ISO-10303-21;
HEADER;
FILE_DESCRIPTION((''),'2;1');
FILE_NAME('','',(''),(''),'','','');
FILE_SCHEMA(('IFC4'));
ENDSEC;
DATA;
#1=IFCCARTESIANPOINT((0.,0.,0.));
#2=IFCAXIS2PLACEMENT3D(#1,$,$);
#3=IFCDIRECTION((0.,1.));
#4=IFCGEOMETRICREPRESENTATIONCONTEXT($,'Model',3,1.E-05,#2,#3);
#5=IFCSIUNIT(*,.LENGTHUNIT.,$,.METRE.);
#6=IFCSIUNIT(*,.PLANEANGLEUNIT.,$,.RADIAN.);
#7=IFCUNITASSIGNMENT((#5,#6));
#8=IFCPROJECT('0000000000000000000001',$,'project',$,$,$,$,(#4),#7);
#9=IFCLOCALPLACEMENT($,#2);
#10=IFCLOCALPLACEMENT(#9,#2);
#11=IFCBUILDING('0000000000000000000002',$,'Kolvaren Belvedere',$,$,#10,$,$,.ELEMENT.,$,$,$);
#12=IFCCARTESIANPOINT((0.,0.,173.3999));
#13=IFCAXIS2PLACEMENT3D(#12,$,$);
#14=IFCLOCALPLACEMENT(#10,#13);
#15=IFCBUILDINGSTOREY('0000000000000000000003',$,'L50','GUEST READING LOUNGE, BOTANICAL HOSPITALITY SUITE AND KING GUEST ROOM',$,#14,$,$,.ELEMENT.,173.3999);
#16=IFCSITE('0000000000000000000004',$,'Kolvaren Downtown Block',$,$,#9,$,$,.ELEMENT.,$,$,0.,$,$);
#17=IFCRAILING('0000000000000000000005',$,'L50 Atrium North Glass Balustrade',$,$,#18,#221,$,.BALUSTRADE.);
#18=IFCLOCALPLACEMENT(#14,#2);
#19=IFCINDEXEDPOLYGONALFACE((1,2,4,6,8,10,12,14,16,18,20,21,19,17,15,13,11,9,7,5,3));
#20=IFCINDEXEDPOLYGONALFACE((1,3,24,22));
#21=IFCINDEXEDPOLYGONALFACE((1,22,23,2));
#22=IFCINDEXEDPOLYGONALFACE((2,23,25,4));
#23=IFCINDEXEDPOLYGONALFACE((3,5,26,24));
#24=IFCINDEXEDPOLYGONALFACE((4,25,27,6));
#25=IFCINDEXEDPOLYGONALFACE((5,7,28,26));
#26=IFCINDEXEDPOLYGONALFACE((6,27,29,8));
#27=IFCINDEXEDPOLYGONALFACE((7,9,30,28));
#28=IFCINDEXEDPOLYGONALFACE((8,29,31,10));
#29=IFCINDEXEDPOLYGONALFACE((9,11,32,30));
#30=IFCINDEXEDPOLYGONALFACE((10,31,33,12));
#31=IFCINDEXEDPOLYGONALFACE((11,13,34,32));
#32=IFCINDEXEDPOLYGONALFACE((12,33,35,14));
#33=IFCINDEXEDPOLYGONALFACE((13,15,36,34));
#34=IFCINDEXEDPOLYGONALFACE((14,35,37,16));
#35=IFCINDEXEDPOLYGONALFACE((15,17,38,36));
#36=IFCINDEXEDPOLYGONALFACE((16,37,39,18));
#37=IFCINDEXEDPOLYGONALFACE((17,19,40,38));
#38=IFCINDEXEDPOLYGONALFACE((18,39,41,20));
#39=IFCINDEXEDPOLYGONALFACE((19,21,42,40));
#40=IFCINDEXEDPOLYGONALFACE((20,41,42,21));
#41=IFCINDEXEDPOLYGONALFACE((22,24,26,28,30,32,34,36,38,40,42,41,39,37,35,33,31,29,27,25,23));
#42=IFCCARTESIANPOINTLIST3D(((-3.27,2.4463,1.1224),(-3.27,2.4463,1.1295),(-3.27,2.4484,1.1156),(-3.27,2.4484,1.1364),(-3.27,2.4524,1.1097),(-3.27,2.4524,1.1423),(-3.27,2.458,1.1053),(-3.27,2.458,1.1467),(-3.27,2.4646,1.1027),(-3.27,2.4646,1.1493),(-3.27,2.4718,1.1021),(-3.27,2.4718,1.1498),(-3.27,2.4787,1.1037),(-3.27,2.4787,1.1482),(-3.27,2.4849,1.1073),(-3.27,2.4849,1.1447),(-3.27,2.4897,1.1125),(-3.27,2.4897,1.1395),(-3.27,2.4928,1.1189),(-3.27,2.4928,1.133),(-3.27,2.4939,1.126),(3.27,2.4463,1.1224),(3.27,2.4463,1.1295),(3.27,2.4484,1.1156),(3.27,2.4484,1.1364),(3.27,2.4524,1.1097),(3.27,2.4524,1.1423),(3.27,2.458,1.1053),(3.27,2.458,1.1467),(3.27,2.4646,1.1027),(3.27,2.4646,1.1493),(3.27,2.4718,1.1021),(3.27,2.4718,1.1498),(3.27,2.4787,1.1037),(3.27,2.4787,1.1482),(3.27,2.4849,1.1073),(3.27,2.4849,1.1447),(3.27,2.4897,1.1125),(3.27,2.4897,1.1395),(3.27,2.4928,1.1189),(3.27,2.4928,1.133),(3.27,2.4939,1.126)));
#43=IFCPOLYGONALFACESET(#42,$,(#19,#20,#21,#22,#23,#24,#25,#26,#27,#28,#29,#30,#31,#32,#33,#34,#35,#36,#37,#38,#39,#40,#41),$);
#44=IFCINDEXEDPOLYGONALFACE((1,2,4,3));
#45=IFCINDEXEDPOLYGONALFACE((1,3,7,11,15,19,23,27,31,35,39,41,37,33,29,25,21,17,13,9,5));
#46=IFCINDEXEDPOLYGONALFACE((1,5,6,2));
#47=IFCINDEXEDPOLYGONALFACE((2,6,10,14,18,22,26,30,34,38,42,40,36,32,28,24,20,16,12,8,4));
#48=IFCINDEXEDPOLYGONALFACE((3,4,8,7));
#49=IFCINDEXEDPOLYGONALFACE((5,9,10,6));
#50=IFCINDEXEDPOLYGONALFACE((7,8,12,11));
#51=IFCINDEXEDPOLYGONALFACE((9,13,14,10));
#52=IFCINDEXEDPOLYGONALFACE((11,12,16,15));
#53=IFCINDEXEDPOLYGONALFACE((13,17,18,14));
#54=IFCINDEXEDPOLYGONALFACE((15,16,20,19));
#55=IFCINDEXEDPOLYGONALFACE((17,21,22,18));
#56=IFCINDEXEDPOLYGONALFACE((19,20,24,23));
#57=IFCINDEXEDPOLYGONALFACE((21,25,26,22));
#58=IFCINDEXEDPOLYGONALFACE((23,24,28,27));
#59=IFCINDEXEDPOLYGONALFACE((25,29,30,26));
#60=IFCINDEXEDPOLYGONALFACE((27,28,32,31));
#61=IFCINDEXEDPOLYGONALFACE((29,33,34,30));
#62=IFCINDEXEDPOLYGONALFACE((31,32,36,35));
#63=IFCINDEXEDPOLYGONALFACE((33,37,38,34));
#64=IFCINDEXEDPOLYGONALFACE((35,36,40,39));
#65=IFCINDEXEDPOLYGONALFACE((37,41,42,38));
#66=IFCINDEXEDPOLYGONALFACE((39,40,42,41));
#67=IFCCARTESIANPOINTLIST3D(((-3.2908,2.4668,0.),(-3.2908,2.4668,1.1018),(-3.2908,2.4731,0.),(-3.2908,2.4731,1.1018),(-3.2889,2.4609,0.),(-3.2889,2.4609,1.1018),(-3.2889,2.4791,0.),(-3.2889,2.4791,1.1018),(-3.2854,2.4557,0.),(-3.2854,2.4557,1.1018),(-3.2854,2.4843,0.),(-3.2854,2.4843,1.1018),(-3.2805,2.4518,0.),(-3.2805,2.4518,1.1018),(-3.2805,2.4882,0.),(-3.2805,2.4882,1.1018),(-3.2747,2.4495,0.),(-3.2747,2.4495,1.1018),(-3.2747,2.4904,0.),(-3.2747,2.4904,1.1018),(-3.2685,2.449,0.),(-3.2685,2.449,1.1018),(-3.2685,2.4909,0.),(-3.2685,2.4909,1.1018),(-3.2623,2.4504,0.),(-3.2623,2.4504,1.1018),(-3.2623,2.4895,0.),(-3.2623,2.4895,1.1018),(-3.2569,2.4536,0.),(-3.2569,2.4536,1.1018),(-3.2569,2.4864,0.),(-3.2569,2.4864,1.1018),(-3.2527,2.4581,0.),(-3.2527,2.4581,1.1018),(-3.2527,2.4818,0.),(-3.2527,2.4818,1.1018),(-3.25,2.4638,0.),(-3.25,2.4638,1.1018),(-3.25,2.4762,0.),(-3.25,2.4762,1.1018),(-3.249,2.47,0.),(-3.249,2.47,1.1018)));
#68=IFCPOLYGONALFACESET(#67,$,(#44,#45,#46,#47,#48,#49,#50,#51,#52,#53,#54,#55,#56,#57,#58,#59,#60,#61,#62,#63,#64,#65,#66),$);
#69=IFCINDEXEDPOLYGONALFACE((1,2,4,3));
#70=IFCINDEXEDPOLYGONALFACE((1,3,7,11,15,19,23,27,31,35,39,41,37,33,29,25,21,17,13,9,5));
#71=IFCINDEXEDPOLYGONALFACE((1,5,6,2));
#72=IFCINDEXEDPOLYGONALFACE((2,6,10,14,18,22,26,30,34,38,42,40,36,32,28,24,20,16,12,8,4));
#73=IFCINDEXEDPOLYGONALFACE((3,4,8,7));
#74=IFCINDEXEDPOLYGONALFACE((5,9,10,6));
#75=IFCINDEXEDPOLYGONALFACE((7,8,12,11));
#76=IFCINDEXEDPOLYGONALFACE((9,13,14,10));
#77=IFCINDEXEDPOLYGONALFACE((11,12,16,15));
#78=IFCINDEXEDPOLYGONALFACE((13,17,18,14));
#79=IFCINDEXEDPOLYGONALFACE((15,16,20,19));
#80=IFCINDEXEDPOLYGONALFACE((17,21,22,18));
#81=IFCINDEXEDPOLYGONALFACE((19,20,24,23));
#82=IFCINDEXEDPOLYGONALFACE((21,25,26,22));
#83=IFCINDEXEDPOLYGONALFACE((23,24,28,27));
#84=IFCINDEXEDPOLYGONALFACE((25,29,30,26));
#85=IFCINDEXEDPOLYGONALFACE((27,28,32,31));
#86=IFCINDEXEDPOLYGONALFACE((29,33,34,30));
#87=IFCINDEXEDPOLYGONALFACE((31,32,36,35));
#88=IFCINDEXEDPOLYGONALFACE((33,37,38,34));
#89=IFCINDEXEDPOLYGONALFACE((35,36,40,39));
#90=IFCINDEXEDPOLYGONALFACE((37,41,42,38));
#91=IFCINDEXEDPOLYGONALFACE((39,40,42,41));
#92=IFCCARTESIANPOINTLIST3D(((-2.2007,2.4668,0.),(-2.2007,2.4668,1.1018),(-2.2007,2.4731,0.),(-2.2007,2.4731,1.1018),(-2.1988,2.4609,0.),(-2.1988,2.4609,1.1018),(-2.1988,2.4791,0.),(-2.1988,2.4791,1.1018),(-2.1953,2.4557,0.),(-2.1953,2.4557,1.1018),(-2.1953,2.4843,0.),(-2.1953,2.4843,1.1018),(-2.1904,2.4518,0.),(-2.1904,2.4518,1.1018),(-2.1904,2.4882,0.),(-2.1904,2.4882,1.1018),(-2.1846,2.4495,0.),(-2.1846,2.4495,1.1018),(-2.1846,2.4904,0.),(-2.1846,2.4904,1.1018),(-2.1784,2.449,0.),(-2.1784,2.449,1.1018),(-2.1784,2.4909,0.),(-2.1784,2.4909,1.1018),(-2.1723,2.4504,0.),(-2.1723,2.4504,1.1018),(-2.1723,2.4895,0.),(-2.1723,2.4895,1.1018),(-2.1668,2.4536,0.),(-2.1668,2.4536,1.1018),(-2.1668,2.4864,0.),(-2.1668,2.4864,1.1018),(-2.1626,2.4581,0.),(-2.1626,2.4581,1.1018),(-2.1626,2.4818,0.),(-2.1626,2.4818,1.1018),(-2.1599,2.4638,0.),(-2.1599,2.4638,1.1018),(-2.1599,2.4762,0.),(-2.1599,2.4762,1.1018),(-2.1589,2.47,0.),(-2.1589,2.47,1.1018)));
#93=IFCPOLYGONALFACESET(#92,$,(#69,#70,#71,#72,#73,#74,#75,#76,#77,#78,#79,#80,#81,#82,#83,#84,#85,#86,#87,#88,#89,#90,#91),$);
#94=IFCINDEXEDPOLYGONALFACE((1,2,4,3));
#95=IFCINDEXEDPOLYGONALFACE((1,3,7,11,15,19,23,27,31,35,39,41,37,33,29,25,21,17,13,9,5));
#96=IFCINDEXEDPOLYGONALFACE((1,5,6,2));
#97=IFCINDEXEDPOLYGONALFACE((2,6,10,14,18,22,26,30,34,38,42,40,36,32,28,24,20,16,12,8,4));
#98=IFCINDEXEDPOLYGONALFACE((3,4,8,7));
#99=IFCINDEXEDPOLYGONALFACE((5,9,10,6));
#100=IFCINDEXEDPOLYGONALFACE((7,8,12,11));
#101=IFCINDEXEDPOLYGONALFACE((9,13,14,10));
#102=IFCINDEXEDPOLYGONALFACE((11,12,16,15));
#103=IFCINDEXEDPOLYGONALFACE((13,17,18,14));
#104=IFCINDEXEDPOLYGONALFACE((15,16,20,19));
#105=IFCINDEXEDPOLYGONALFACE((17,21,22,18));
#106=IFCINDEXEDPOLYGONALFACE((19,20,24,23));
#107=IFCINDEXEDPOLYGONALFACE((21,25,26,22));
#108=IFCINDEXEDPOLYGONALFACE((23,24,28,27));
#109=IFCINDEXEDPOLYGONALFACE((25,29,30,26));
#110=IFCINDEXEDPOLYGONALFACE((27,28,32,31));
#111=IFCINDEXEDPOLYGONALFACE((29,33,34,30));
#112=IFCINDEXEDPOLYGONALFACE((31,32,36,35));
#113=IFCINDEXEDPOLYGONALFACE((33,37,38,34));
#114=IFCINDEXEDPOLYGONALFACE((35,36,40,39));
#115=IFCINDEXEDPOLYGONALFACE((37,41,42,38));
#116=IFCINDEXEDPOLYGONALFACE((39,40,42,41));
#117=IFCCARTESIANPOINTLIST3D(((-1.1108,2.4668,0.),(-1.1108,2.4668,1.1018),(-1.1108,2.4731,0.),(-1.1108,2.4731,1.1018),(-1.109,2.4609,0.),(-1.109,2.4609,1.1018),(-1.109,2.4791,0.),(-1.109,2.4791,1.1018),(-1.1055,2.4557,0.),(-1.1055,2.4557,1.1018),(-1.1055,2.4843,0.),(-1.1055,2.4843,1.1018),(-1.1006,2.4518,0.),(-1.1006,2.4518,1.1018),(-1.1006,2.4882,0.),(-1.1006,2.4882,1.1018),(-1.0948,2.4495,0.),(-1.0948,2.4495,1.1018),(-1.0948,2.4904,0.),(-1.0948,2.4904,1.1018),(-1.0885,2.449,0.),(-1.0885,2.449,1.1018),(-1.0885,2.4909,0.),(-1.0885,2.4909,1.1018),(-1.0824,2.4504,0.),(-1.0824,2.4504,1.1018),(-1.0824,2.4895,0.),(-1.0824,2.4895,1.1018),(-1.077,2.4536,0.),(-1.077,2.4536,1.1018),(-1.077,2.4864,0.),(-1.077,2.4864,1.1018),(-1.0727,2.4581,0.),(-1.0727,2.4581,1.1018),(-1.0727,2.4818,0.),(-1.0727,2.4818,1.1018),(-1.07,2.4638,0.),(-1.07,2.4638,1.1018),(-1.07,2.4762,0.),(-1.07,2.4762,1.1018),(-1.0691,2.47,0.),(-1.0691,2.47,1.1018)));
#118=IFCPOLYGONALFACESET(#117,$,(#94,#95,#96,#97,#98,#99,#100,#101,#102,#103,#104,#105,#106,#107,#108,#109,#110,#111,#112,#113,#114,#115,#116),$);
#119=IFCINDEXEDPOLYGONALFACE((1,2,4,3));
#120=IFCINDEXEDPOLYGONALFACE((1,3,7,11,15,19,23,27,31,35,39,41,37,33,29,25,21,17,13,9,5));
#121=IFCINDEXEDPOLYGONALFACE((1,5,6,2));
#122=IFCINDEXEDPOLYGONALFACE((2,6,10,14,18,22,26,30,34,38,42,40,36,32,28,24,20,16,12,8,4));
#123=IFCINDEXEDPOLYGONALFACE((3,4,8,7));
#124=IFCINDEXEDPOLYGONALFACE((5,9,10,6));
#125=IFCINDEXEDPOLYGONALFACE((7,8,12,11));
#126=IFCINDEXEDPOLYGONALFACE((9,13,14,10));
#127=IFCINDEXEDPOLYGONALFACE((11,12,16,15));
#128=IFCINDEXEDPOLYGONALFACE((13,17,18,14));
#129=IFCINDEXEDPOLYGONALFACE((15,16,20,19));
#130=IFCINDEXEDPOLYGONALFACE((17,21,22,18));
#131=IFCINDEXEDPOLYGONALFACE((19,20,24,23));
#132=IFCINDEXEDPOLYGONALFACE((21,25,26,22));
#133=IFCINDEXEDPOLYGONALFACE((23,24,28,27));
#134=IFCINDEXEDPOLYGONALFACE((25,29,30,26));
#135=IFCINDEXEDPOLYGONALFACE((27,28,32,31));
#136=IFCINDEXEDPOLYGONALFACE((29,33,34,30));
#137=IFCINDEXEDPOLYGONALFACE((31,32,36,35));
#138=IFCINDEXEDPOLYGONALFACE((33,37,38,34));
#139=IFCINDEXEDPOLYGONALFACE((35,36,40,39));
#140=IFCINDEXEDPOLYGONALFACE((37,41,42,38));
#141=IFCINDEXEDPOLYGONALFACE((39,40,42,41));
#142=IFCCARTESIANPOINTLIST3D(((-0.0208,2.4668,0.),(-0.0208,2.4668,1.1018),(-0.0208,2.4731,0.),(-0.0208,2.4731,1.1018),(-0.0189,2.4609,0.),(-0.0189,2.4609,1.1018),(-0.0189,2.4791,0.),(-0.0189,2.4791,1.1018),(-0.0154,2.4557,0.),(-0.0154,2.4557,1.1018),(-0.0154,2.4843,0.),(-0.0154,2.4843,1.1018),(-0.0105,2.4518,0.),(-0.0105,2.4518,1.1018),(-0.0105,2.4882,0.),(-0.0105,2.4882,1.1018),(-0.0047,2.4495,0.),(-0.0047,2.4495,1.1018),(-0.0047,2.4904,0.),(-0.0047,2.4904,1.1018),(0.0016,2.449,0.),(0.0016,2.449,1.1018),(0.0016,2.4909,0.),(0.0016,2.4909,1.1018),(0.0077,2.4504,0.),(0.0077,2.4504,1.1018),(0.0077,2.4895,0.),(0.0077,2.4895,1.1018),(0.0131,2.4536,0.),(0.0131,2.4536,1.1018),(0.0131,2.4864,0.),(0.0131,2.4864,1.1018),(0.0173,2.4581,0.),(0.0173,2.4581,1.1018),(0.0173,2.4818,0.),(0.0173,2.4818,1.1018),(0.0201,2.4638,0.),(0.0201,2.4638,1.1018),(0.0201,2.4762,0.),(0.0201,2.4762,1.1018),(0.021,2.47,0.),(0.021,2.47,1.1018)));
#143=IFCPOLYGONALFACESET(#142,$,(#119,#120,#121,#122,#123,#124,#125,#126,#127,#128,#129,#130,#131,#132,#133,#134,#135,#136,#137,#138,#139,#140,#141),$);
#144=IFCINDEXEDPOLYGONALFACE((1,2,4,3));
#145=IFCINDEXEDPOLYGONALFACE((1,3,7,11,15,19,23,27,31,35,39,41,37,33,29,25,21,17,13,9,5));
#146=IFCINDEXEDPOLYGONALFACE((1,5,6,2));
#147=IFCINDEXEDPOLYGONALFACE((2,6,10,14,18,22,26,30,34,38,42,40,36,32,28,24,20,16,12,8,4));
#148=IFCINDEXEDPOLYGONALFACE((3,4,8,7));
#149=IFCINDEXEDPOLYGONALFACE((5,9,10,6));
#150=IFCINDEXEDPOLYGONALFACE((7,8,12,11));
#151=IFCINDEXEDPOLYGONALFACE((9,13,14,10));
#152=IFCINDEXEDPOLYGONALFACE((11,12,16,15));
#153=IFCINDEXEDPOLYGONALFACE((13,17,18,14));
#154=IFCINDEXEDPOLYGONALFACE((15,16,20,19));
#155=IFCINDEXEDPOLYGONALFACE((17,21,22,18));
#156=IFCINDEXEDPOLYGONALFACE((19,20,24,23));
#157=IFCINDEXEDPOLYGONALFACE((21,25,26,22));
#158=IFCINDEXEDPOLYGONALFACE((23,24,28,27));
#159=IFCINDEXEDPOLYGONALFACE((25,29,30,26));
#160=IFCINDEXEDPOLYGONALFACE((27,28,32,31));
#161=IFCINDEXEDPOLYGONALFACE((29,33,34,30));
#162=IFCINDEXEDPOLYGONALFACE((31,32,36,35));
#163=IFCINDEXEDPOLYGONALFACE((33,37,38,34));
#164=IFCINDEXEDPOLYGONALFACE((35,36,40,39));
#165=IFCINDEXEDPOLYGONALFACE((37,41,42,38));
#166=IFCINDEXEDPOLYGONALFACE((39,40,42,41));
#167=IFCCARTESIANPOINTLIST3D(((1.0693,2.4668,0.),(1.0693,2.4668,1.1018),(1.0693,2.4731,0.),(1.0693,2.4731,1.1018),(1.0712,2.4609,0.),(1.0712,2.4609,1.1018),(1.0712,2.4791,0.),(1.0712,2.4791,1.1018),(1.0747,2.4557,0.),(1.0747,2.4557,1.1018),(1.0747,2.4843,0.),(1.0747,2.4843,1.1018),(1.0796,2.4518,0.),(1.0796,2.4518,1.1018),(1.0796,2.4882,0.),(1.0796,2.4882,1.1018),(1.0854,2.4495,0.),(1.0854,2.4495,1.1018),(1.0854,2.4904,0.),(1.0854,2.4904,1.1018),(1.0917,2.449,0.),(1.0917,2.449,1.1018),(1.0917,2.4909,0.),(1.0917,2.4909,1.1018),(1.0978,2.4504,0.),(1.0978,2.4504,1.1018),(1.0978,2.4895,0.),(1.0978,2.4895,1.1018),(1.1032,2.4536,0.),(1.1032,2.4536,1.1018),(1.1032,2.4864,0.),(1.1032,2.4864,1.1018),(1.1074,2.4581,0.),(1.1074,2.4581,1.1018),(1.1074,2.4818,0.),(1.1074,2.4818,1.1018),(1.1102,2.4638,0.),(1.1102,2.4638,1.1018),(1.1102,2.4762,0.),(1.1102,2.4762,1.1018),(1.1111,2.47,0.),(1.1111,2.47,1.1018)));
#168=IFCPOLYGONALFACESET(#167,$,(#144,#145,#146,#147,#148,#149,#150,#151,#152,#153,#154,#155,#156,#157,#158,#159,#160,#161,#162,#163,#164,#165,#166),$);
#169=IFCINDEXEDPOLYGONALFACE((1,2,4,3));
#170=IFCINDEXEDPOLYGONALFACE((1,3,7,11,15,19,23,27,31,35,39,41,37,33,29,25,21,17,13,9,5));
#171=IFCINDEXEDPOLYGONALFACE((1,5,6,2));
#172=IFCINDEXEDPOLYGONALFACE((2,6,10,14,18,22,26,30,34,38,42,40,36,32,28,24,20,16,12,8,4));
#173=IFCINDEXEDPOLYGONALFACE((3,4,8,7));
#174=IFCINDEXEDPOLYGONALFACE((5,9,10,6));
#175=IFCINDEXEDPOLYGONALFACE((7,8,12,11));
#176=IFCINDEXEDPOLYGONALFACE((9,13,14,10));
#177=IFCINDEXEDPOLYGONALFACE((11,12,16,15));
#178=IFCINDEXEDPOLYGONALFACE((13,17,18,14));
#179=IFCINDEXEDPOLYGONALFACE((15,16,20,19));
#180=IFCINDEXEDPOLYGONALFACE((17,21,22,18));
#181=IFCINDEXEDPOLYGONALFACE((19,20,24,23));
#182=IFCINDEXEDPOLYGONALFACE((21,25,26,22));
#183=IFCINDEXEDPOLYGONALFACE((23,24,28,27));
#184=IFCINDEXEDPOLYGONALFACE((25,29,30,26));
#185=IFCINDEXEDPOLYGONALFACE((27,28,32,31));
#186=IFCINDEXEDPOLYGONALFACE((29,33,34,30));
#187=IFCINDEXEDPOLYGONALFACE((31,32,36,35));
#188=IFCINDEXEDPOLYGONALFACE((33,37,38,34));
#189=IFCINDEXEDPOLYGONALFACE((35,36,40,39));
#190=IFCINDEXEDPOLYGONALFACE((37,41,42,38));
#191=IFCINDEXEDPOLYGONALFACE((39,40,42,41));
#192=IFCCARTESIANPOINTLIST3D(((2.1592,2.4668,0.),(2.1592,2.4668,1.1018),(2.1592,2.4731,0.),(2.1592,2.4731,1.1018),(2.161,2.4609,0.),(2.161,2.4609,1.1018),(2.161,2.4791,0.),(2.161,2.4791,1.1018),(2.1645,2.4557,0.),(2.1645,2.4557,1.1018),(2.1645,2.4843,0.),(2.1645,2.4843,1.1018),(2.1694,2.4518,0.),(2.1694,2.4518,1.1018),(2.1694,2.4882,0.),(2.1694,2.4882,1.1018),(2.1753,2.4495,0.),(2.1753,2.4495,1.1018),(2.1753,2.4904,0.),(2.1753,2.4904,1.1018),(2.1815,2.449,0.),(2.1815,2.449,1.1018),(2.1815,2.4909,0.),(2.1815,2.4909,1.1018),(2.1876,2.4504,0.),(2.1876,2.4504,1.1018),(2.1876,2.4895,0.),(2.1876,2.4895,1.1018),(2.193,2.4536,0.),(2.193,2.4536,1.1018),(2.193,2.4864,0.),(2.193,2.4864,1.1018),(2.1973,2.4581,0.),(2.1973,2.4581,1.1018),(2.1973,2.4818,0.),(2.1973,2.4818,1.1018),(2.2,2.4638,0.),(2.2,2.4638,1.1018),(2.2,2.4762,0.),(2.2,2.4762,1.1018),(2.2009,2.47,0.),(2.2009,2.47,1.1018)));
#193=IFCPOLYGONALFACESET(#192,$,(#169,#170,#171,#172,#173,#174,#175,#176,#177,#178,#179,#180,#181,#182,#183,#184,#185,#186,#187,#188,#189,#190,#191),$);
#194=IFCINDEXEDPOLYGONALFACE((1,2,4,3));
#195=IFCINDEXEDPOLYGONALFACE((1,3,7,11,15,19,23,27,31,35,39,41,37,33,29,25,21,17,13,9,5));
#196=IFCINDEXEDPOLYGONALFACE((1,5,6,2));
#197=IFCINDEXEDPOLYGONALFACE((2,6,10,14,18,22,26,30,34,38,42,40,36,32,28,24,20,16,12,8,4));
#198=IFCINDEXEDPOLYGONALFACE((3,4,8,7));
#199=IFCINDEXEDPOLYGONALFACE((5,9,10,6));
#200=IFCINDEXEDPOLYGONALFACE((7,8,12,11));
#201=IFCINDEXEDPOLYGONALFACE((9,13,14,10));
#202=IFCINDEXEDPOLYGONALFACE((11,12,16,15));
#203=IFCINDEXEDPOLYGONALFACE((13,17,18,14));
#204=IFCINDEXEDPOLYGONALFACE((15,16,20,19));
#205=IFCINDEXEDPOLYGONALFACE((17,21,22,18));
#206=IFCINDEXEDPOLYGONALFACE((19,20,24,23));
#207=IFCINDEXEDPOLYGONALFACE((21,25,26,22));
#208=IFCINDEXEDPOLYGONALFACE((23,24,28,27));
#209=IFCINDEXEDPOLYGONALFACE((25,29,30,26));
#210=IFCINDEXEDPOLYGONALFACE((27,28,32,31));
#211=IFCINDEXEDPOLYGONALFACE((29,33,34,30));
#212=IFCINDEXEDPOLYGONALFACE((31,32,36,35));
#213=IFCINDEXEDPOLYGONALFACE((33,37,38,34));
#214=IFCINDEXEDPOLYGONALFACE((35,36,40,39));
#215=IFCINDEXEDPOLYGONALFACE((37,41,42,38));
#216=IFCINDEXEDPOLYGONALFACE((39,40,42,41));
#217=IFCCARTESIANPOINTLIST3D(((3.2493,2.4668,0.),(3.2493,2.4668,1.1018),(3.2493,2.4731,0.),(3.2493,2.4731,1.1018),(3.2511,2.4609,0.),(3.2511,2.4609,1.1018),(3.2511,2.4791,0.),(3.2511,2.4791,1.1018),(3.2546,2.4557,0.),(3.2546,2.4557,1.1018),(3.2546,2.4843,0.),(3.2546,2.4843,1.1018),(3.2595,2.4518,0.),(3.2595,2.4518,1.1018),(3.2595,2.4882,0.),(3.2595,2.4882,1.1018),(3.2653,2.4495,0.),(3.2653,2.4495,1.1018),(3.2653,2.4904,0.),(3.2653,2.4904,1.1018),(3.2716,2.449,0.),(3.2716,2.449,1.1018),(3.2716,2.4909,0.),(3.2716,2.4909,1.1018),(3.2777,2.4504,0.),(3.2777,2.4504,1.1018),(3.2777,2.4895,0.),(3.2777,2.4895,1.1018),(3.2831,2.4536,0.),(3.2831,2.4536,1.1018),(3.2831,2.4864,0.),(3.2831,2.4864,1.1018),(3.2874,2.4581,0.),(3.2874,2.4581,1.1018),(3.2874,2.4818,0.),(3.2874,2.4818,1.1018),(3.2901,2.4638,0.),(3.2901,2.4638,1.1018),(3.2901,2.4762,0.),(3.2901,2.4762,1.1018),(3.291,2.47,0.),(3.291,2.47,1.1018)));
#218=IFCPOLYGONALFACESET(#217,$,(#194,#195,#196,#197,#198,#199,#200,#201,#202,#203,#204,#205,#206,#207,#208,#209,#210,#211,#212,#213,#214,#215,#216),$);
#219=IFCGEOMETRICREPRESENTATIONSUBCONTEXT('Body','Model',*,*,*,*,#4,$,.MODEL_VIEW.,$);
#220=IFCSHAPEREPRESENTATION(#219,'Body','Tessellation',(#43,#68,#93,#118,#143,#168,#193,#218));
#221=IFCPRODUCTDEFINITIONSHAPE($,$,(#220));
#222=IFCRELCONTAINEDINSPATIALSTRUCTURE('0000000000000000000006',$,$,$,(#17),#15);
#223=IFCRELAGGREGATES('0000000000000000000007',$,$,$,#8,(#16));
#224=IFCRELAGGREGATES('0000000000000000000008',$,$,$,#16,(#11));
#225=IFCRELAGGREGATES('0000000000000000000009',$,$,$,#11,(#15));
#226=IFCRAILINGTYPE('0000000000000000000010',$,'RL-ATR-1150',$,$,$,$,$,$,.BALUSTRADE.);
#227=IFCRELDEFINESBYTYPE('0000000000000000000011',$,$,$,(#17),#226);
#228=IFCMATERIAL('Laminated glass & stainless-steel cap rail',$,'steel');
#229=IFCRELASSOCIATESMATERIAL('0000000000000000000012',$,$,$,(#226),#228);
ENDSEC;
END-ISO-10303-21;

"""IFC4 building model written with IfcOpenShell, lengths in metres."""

from ifc_helpers import new_model, si_unit, direction, frame, origin, origin_2d, place, context, subcontext, project, spatial, circle, extrude, material, type_object, element, save


model = new_model("IFC4")

# Units and contexts
model_context = context("Model", 3, precision=1e-05, world=origin(), true_north=direction((0.0, 1.0)))
body_context = subcontext(model_context, "Body", "Model", "MODEL_VIEW")
ifc_project = project(units=[si_unit("LENGTHUNIT", "METRE"), si_unit("PLANEANGLEUNIT", "RADIAN")], contexts=[model_context])

# Site, building, storey
site_placement = place(None, origin())
site = spatial("IfcSite", under=ifc_project, at=site_placement, Name="Kolvaren Downtown Block", CompositionType="ELEMENT", RefElevation=0.0)
building_placement = place(site_placement, origin())
building = spatial("IfcBuilding", under=site, at=building_placement, Name="Kolvaren Belvedere", CompositionType="ELEMENT")
storey_placement = place(building_placement, frame((0.0, 0.0, 173.3999)))
storey = spatial("IfcBuildingStorey", under=building, at=storey_placement, Name="L50", Description="GUEST READING LOUNGE, BOTANICAL HOSPITALITY SUITE AND KING GUEST ROOM", CompositionType="ELEMENT", Elevation=173.3999)

# Railing
ifc_material_1 = material(Name="Laminated glass & stainless-steel cap rail", Category="steel")
railing_type_1 = type_object("IfcRailingType", Name="RL-ATR-1150", PredefinedType="BALUSTRADE", material=ifc_material_1)
railing_1_placement = place(storey_placement, frame((-3.27, 2.47, 0.0)))
element("IfcRailing", 1, at=railing_1_placement, inside=storey, type_object=railing_type_1, Name="L50 Atrium North Glass Balustrade", PredefinedType="BALUSTRADE", context=body_context, shape_type="SweptSolid", body=[
    extrude(circle(Radius=0.0239, at=origin_2d()), frame((0.0, 0.0, 1.126), z_axis=(1.0, 0.0, 0.0), x_axis=(0.0, 1.0, 0.0)), (0.0, 0.0, 1.0), 6.54),
    extrude(circle(Radius=0.021, at=origin_2d()), origin(), (0.0, 0.0, 1.0), 1.1018),
    extrude(circle(Radius=0.021, at=origin_2d()), frame((1.0901, 0.0, 0.0)), (0.0, 0.0, 1.0), 1.1018),
    extrude(circle(Radius=0.021, at=origin_2d()), frame((2.1799, 0.0, 0.0)), (0.0, 0.0, 1.0), 1.1018),
    extrude(circle(Radius=0.021, at=origin_2d()), frame((3.27, 0.0, 0.0)), (0.0, 0.0, 1.0), 1.1018),
    extrude(circle(Radius=0.021, at=origin_2d()), frame((4.3601, 0.0, 0.0)), (0.0, 0.0, 1.0), 1.1018),
    extrude(circle(Radius=0.021, at=origin_2d()), frame((5.45, 0.0, 0.0)), (0.0, 0.0, 1.0), 1.1018),
    extrude(circle(Radius=0.021, at=origin_2d()), frame((6.54, 0.0, 0.0)), (0.0, 0.0, 1.0), 1.1018),
])

save(model, "model.ifc")
